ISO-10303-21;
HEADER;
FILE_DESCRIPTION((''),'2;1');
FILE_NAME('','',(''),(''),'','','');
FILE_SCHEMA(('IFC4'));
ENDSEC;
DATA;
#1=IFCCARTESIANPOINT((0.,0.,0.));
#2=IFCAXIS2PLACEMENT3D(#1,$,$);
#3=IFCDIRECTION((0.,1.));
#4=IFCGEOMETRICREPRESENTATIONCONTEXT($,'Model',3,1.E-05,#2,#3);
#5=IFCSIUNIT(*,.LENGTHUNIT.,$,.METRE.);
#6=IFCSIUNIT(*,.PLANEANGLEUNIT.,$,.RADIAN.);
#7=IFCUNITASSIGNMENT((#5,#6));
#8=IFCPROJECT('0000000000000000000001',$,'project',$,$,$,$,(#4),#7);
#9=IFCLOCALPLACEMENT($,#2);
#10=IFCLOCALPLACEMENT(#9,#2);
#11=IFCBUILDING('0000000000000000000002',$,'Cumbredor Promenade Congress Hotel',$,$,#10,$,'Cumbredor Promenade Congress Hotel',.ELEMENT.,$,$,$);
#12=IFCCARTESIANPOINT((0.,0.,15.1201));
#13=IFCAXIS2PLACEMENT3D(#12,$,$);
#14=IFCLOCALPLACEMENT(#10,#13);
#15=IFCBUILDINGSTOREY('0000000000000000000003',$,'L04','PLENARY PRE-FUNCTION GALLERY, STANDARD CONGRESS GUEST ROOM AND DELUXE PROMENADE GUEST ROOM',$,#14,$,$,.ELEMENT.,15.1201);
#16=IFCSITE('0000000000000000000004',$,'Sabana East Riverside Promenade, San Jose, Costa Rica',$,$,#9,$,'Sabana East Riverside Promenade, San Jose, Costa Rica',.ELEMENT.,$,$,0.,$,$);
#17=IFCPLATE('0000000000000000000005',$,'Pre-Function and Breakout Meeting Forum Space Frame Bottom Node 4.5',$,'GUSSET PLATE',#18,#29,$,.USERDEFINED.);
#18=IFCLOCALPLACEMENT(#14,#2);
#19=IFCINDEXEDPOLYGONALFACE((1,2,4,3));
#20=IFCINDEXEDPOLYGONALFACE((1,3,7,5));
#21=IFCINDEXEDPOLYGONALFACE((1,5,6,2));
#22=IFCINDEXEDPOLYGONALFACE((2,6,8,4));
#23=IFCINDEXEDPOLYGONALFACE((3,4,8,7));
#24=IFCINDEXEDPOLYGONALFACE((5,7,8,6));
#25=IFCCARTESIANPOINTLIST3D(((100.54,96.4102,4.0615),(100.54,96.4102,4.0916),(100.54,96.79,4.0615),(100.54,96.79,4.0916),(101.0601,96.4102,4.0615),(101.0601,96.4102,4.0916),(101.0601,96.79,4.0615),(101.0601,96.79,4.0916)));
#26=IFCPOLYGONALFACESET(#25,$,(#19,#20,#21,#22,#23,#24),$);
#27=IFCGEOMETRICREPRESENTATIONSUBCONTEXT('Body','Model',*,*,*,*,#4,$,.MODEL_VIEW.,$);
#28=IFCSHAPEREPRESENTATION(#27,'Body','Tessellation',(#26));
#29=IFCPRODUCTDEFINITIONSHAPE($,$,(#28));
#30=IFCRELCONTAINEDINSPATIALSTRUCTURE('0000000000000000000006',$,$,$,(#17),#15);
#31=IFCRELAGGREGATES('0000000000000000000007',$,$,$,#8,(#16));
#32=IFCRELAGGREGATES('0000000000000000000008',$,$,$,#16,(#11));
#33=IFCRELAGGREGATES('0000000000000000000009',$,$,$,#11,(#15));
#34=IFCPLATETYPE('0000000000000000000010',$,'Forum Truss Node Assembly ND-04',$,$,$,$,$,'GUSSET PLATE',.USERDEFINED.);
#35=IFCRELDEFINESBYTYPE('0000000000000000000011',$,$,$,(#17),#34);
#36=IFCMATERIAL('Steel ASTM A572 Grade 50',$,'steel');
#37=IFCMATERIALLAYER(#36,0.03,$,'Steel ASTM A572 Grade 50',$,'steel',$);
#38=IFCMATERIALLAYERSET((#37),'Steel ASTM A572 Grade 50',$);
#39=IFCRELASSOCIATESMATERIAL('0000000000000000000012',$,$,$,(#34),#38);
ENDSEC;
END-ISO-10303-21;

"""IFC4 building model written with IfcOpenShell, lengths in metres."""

from ifc_helpers import new_model, si_unit, direction, frame, origin, origin_2d, place, context, subcontext, project, spatial, rectangle, extrude, material, layer, layer_set, type_object, element, save


model = new_model("IFC4")

# Units and contexts
model_context = context("Model", 3, precision=1e-05, world=origin(), true_north=direction((0.0, 1.0)))
body_context = subcontext(model_context, "Body", "Model", "MODEL_VIEW")
ifc_project = project(units=[si_unit("LENGTHUNIT", "METRE"), si_unit("PLANEANGLEUNIT", "RADIAN")], contexts=[model_context])

# Site, building, storey
site_placement = place(None, origin())
site = spatial("IfcSite", under=ifc_project, at=site_placement, Name="Sabana East Riverside Promenade, San Jose, Costa Rica", LongName="Sabana East Riverside Promenade, San Jose, Costa Rica", CompositionType="ELEMENT", RefElevation=0.0)
building_placement = place(site_placement, origin())
building = spatial("IfcBuilding", under=site, at=building_placement, Name="Cumbredor Promenade Congress Hotel", LongName="Cumbredor Promenade Congress Hotel", CompositionType="ELEMENT")
storey_placement = place(building_placement, frame((0.0, 0.0, 15.1201)))
storey = spatial("IfcBuildingStorey", under=building, at=storey_placement, Name="L04", Description="PLENARY PRE-FUNCTION GALLERY, STANDARD CONGRESS GUEST ROOM AND DELUXE PROMENADE GUEST ROOM", CompositionType="ELEMENT", Elevation=15.1201)

# Plate
ifc_material_1 = material(Name="Steel ASTM A572 Grade 50", Category="steel")
ifc_layer_1 = layer(ifc_material_1, 0.03, Name="Steel ASTM A572 Grade 50", Category="steel")
ifc_layer_set_1 = layer_set([ifc_layer_1], Name="Steel ASTM A572 Grade 50")
plate_type_1 = type_object("IfcPlateType", Name="Forum Truss Node Assembly ND-04", ElementType="GUSSET PLATE", PredefinedType="USERDEFINED", material=ifc_layer_set_1)
for number, where, z_axis, x_axis, name in (
    (1, (100.8, 96.6001, 4.0615), (0.0, 0.0, 1.0), (1.0, 0.0, 0.0), "Pre-Function and Breakout Meeting Forum Space Frame Bottom Node 4.5"),
):
    element("IfcPlate", number, at=place(storey_placement, frame(where, z_axis=z_axis, x_axis=x_axis)), inside=storey, type_object=plate_type_1, Name=name, ObjectType="GUSSET PLATE", PredefinedType="USERDEFINED", context=body_context, shape_type="SweptSolid", body=[
        extrude(rectangle(XDim=0.52, YDim=0.3799, at=origin_2d()), origin(), (0.0, 0.0, 1.0), 0.03),
    ])

save(model, "model.ifc")
